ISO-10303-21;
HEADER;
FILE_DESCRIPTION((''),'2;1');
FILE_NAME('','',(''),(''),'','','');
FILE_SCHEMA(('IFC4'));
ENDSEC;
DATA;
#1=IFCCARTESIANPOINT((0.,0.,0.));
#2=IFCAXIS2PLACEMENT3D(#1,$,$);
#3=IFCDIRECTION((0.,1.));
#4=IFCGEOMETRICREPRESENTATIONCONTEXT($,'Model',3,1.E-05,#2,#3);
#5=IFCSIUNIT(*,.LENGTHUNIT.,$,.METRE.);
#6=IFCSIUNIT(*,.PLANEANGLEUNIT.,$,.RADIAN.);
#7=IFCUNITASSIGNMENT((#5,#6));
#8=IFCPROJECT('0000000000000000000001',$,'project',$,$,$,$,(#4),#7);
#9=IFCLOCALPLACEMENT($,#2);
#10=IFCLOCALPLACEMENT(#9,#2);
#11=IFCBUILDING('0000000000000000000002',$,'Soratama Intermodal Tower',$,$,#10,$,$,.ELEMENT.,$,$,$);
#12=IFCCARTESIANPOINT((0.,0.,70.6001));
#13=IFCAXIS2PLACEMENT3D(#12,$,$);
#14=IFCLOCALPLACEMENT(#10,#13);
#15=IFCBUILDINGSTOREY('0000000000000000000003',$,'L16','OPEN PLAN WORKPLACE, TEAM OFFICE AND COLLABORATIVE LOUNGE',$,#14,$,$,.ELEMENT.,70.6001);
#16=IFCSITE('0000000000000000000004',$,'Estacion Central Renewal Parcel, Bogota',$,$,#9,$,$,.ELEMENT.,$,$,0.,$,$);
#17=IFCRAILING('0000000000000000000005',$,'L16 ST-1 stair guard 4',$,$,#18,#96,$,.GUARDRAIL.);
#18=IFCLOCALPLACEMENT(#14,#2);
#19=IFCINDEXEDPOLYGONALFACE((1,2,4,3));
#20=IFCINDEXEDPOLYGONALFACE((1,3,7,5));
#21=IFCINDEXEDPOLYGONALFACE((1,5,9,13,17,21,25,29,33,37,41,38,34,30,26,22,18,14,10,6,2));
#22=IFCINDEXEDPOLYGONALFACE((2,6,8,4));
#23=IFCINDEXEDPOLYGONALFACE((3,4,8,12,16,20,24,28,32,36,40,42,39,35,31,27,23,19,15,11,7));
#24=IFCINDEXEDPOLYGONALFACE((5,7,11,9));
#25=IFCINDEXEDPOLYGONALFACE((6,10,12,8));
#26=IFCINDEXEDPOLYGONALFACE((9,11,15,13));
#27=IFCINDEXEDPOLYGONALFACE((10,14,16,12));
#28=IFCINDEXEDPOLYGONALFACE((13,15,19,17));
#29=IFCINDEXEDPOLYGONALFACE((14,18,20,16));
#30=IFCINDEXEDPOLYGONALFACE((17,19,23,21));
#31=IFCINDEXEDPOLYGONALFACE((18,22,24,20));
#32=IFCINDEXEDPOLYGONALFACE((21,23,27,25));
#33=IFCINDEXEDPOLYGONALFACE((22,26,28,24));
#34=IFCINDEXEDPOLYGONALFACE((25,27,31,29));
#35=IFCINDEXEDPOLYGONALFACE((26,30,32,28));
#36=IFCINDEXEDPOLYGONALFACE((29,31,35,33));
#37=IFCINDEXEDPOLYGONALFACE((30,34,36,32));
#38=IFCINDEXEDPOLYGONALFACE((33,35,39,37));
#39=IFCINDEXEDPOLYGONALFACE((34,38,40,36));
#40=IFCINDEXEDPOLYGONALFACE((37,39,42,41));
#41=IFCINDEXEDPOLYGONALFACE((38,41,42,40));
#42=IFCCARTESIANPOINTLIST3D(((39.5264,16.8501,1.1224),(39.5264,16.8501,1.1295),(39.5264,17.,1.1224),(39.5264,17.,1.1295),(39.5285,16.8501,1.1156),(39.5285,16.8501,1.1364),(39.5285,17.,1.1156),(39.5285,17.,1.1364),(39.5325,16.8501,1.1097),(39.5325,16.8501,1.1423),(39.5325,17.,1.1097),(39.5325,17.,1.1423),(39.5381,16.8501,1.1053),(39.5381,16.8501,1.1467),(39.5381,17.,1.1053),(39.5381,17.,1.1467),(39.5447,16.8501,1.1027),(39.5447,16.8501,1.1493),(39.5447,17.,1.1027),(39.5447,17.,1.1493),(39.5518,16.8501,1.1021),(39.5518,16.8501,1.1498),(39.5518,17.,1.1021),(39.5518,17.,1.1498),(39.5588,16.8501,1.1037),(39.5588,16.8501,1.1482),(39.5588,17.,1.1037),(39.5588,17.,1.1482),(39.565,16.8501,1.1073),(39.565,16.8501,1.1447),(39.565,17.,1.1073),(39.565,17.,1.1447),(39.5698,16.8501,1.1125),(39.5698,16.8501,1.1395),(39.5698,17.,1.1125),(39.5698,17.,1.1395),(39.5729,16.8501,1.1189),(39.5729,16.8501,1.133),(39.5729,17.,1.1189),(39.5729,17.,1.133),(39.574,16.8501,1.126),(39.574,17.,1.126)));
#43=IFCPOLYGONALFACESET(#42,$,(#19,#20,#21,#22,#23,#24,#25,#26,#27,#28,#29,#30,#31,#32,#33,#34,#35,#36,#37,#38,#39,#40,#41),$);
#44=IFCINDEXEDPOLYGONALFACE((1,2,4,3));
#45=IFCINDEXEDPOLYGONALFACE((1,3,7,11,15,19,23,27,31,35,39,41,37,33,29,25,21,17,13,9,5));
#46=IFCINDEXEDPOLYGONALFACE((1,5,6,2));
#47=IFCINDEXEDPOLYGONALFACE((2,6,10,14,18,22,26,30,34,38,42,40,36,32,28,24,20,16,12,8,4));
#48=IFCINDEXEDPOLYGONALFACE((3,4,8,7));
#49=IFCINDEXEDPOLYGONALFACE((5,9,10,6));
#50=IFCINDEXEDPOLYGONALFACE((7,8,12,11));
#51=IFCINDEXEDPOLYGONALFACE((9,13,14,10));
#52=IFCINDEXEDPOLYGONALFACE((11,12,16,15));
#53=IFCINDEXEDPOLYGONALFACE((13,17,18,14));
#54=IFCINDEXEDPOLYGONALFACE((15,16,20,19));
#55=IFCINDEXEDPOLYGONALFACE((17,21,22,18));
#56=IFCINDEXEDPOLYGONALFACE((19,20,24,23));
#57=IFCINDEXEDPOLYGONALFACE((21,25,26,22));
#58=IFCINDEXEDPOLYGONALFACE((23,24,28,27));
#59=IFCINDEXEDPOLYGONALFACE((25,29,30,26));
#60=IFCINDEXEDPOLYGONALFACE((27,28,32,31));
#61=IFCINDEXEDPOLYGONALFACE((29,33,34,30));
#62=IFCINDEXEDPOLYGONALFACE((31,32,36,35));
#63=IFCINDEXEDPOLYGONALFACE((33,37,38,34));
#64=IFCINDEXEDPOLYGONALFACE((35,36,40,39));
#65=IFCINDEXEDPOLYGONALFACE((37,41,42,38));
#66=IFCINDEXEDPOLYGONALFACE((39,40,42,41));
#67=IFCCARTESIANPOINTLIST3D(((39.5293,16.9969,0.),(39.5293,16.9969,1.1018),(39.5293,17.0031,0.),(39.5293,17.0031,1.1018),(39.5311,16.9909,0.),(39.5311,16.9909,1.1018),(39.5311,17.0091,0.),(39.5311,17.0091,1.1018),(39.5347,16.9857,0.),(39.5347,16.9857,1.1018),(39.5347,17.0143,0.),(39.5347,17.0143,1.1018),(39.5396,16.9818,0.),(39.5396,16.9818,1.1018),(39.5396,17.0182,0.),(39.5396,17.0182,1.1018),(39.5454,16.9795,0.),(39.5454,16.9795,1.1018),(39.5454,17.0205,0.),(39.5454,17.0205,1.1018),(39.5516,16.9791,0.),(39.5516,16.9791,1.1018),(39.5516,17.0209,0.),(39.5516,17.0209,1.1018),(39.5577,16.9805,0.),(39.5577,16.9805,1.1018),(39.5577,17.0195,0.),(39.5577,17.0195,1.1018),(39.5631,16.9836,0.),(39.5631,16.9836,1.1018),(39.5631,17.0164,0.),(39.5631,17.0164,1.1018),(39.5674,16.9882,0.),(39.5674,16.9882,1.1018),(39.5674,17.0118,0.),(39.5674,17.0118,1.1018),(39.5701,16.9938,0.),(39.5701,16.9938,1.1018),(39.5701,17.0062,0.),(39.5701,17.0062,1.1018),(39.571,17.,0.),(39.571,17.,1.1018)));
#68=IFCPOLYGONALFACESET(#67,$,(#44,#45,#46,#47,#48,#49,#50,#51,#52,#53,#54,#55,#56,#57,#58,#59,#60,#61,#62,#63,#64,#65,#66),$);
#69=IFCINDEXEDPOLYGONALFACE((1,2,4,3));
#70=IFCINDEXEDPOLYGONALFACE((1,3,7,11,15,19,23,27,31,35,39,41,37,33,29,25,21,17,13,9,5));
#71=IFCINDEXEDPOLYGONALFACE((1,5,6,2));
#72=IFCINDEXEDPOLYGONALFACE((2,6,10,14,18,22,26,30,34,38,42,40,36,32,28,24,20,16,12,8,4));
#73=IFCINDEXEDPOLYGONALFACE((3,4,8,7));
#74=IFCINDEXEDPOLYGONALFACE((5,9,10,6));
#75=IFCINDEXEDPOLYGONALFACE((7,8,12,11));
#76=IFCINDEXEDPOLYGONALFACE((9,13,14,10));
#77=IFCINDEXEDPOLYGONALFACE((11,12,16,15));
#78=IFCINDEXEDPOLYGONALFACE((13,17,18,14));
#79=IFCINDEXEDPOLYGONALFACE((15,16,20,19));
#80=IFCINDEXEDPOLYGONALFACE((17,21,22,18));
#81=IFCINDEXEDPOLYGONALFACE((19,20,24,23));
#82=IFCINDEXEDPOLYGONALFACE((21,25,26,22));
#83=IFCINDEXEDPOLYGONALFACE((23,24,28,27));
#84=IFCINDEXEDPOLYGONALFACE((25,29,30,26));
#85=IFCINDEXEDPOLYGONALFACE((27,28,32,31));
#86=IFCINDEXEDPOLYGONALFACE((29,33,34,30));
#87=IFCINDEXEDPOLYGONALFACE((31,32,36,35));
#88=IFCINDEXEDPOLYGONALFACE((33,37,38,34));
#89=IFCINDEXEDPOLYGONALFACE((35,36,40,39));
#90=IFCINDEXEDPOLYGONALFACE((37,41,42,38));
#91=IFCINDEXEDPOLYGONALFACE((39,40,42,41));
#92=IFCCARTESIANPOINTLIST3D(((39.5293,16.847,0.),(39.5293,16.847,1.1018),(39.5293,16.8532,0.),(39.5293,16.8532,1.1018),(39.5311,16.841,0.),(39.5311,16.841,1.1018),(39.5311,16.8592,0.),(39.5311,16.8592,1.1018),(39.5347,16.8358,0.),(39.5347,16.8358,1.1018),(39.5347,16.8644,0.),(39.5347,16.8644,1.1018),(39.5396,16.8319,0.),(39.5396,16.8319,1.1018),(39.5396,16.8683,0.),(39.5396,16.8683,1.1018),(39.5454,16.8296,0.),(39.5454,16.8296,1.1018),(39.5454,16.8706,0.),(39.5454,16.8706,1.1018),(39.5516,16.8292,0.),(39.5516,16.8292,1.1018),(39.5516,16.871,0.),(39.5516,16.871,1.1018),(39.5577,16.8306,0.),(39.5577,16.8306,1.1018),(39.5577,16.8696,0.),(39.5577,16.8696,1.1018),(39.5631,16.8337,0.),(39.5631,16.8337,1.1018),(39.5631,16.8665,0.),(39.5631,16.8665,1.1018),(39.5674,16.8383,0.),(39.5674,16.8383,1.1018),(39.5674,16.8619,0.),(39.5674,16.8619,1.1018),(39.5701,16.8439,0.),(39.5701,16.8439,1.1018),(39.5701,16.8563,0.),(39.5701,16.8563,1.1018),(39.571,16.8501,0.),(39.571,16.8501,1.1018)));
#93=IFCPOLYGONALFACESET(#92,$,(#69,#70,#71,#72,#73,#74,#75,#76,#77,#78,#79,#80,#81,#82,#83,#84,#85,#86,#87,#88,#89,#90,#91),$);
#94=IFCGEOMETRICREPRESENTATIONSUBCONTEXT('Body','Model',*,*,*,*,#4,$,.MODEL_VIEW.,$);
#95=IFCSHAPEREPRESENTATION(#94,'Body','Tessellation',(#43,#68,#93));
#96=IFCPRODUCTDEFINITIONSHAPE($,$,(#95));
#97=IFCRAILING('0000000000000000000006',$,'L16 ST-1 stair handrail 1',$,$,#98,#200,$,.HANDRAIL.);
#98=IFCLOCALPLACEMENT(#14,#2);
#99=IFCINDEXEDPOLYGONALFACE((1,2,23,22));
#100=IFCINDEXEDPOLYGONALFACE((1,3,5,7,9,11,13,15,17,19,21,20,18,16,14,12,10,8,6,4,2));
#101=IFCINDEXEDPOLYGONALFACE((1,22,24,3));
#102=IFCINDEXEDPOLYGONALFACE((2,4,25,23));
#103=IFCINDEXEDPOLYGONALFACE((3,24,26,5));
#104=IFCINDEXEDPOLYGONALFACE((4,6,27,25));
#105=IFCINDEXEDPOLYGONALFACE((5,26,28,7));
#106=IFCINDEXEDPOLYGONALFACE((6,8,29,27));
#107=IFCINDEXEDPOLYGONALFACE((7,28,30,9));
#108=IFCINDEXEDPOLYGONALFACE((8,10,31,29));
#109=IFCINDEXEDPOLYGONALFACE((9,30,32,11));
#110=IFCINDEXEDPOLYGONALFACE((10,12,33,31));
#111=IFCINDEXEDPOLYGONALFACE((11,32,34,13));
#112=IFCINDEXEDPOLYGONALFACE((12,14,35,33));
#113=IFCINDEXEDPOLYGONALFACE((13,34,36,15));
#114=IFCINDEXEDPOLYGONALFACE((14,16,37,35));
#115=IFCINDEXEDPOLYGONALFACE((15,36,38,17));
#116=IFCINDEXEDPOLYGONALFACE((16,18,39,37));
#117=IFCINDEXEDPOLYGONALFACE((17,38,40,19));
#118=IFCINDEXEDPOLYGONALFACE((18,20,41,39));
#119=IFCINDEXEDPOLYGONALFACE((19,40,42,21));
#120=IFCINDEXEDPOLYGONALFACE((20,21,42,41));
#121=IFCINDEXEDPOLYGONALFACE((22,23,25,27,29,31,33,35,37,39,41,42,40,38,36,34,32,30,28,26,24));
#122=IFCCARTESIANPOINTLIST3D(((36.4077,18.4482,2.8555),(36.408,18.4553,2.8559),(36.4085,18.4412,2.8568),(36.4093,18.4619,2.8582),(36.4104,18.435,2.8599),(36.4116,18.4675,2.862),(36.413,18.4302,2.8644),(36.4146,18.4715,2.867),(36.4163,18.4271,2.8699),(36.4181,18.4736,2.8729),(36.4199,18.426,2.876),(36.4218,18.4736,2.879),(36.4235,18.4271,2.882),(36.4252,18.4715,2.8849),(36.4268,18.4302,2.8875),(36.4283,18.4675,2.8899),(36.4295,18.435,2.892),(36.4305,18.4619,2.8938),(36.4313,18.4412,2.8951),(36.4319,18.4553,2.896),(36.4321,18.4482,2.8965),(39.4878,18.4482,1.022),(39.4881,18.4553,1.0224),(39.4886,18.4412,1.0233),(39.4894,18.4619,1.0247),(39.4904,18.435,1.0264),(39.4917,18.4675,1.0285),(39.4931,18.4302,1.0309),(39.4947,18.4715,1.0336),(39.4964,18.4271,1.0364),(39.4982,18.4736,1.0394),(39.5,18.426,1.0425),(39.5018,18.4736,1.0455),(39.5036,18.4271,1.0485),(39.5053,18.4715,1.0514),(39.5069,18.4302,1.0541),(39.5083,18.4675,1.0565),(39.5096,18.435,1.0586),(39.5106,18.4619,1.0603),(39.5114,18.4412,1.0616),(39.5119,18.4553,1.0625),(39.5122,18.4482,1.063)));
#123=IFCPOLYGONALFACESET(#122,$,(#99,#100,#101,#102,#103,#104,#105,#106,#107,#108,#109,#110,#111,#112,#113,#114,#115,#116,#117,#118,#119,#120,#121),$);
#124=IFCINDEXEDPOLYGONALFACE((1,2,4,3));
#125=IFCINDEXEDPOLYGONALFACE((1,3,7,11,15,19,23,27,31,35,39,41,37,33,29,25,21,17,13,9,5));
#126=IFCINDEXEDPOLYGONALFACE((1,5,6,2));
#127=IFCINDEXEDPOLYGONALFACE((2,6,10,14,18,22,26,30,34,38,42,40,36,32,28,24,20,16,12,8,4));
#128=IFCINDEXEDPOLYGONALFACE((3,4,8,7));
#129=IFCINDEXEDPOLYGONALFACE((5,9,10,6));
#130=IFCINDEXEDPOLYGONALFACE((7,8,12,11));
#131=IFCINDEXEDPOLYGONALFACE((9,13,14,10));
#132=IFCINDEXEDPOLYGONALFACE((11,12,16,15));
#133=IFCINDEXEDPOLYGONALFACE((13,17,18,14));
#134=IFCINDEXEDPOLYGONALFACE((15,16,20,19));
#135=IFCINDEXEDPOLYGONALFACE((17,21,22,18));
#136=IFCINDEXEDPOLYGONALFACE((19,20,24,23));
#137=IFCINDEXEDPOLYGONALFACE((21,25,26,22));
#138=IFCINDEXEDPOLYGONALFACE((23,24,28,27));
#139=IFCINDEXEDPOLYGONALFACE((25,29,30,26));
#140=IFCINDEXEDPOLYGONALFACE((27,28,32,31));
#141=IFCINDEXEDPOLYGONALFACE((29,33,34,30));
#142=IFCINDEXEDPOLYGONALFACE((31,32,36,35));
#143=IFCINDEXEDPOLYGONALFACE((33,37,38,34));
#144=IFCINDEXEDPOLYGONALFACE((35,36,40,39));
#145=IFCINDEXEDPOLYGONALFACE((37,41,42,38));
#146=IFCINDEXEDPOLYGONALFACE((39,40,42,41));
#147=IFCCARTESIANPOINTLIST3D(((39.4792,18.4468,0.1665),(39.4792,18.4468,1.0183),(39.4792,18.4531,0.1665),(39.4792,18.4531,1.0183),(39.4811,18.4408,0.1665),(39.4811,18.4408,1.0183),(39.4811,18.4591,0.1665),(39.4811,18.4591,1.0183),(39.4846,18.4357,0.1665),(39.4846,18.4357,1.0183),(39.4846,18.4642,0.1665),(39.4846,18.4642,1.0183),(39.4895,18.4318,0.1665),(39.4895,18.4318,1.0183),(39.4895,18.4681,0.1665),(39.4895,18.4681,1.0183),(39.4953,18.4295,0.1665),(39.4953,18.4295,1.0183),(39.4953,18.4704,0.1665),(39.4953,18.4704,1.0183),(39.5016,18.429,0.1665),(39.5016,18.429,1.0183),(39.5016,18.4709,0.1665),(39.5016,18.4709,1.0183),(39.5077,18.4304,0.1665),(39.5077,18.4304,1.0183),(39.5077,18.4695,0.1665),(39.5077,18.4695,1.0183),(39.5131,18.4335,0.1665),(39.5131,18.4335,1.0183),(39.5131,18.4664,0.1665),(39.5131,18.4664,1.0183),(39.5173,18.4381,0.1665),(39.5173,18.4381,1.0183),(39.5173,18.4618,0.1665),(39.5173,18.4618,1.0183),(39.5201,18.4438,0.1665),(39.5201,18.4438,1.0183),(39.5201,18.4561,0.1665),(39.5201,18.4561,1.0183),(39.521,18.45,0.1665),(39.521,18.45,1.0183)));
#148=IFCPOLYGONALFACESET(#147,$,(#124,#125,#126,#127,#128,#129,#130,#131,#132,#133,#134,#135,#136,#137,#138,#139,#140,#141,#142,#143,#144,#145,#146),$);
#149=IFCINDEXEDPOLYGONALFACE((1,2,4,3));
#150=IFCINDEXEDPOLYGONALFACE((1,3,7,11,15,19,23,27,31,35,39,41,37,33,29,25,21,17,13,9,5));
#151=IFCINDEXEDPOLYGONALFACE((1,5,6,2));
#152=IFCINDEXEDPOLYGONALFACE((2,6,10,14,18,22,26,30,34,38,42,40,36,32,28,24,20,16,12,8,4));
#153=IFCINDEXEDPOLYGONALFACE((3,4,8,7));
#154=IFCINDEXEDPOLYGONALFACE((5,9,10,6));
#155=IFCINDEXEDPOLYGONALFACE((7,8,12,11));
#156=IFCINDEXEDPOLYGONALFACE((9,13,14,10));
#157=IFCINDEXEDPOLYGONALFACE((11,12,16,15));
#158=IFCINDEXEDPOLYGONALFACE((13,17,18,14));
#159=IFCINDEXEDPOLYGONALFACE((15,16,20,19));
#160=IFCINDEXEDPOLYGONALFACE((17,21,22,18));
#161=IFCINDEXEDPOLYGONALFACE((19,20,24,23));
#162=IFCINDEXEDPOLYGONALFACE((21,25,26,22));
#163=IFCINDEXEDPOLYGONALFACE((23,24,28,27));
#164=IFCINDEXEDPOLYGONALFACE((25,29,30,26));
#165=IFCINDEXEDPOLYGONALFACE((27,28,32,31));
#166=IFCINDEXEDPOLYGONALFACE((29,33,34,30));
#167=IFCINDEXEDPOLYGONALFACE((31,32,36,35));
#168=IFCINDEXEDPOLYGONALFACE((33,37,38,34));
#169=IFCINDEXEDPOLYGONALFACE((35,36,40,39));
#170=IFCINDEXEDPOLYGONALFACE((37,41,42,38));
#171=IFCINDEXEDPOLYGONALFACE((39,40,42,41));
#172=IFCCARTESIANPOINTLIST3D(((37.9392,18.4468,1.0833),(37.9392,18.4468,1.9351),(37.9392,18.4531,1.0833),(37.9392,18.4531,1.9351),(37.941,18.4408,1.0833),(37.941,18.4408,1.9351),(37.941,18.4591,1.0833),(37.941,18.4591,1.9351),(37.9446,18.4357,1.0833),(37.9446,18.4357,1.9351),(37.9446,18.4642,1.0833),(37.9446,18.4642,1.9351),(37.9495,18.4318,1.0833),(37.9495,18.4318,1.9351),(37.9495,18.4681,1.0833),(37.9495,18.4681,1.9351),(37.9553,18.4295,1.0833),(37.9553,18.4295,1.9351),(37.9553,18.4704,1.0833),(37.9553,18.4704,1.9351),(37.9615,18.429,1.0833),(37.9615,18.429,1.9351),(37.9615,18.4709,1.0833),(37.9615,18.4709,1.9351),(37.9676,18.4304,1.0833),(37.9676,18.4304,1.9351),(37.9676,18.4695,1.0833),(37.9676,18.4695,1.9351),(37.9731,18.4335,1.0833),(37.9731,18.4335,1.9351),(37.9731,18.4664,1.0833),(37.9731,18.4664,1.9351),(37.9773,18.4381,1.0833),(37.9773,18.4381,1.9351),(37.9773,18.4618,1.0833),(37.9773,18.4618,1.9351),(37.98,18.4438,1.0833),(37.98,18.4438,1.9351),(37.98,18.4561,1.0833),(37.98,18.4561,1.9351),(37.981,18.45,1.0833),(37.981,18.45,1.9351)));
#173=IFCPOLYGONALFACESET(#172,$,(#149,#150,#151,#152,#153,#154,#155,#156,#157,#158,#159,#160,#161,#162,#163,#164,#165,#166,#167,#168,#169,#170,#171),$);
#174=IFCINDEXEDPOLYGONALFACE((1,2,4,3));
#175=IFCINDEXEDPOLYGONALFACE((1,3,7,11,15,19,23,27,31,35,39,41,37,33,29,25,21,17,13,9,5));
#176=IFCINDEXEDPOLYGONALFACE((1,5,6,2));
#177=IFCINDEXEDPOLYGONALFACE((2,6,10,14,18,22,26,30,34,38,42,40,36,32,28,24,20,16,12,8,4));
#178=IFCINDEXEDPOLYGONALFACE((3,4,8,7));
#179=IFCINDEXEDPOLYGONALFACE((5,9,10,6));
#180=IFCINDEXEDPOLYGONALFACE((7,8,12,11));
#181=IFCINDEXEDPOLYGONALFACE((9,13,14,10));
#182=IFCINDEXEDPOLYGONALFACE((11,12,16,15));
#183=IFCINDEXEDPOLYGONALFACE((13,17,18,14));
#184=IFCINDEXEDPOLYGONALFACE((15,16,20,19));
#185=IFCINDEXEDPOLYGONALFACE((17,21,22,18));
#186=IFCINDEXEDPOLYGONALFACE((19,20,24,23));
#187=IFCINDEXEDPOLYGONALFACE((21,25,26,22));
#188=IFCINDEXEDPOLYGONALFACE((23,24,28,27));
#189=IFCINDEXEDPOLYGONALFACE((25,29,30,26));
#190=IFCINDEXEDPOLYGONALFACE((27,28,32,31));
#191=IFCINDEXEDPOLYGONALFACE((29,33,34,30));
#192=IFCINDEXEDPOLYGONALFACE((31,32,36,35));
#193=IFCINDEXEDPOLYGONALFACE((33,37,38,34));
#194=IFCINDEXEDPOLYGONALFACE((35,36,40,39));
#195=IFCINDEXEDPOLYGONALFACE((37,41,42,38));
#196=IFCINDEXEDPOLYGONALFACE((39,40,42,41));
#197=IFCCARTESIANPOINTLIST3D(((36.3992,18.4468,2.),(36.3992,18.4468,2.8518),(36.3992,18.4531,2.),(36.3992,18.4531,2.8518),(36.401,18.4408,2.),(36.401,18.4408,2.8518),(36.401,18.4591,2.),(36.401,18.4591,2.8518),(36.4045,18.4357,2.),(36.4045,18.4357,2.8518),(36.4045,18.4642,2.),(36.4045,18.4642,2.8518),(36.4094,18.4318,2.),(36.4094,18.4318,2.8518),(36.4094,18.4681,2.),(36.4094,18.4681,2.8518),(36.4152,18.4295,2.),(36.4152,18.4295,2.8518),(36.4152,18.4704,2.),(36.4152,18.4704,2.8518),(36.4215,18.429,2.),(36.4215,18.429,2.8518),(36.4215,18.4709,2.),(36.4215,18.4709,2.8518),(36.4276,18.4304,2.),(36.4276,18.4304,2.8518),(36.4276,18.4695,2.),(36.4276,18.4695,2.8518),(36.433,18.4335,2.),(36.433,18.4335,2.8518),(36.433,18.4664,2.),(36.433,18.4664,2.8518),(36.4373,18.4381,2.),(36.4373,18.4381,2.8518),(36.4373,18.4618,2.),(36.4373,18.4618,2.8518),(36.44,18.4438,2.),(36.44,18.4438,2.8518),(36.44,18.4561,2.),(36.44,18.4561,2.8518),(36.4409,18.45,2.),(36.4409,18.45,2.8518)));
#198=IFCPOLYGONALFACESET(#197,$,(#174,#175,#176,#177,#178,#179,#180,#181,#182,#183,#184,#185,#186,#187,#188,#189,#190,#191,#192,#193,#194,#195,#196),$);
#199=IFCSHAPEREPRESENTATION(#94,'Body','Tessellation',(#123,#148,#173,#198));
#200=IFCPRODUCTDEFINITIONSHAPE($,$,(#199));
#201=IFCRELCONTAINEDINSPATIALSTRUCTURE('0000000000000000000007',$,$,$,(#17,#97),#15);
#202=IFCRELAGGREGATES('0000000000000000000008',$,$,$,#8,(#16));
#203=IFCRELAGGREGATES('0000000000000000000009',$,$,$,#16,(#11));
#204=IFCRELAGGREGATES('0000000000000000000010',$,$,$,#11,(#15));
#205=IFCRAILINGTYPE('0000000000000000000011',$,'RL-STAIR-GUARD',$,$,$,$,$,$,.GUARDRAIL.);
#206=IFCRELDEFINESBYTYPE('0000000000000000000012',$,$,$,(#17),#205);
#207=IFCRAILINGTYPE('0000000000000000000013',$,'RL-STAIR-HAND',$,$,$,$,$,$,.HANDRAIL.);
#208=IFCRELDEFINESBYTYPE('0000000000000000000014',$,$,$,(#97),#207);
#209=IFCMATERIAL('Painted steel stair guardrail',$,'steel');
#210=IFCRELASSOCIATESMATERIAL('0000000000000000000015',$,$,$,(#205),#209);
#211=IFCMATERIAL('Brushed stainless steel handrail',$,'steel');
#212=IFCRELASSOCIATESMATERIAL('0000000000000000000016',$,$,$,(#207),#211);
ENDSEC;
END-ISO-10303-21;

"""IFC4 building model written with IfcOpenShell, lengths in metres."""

from ifc_helpers import new_model, si_unit, direction, frame, origin, origin_2d, place, context, subcontext, project, spatial, circle, extrude, material, type_object, element, save


model = new_model("IFC4")

# Units and contexts
model_context = context("Model", 3, precision=1e-05, world=origin(), true_north=direction((0.0, 1.0)))
body_context = subcontext(model_context, "Body", "Model", "MODEL_VIEW")
ifc_project = project(units=[si_unit("LENGTHUNIT", "METRE"), si_unit("PLANEANGLEUNIT", "RADIAN")], contexts=[model_context])

# Site, building, storey
site_placement = place(None, origin())
site = spatial("IfcSite", under=ifc_project, at=site_placement, Name="Estacion Central Renewal Parcel, Bogota", CompositionType="ELEMENT", RefElevation=0.0)
building_placement = place(site_placement, origin())
building = spatial("IfcBuilding", under=site, at=building_placement, Name="Soratama Intermodal Tower", CompositionType="ELEMENT")
storey_placement = place(building_placement, frame((0.0, 0.0, 70.6001)))
storey = spatial("IfcBuildingStorey", under=building, at=storey_placement, Name="L16", Description="OPEN PLAN WORKPLACE, TEAM OFFICE AND COLLABORATIVE LOUNGE", CompositionType="ELEMENT", Elevation=70.6001)

# Railings
ifc_material_1 = material(Name="Painted steel stair guardrail", Category="steel")
railing_type_1 = type_object("IfcRailingType", Name="RL-STAIR-GUARD", PredefinedType="GUARDRAIL", material=ifc_material_1)
railing_1_placement = place(storey_placement, frame((39.55, 17.0, 0.0)))
element("IfcRailing", 1, at=railing_1_placement, inside=storey, type_object=railing_type_1, Name="L16 ST-1 stair guard 4", PredefinedType="GUARDRAIL", context=body_context, shape_type="SweptSolid", body=[
    extrude(circle(Radius=0.0239, at=origin_2d()), frame((0.0, 0.0, 1.126), z_axis=(0.0, -1.0, 0.0), x_axis=(1.0, 0.0, 0.0)), (0.0, 0.0, 1.0), 0.1499),
    extrude(circle(Radius=0.021, at=origin_2d()), origin(), (0.0, 0.0, 1.0), 1.1018),
    extrude(circle(Radius=0.021, at=origin_2d()), frame((0.0, -0.1499, 0.0)), (0.0, 0.0, 1.0), 1.1018),
])
ifc_material_2 = material(Name="Brushed stainless steel handrail", Category="steel")
railing_type_2 = type_object("IfcRailingType", Name="RL-STAIR-HAND", PredefinedType="HANDRAIL", material=ifc_material_2)
railing_2_placement = place(storey_placement, frame((39.5, 18.45, 0.1665)))
element("IfcRailing", 2, at=railing_2_placement, inside=storey, type_object=railing_type_2, Name="L16 ST-1 stair handrail 1", PredefinedType="HANDRAIL", context=body_context, shape_type="SweptSolid", body=[
    extrude(circle(Radius=0.0239, at=origin_2d()), frame((0.0, 0.0, 0.876), z_axis=(-0.859279, 0.0, 0.511508), x_axis=(0.0, -1.0, 0.0)), (0.0, 0.0, 1.0), 3.5845),
    extrude(circle(Radius=0.021, at=origin_2d()), origin(), (0.0, 0.0, 1.0), 0.8518),
    extrude(circle(Radius=0.021, at=origin_2d()), frame((-1.54, 0.0, 0.9167)), (0.0, 0.0, 1.0), 0.8518),
    extrude(circle(Radius=0.021, at=origin_2d()), frame((-3.0801, 0.0, 1.8335)), (0.0, 0.0, 1.0), 0.8518),
])

save(model, "model.ifc")
